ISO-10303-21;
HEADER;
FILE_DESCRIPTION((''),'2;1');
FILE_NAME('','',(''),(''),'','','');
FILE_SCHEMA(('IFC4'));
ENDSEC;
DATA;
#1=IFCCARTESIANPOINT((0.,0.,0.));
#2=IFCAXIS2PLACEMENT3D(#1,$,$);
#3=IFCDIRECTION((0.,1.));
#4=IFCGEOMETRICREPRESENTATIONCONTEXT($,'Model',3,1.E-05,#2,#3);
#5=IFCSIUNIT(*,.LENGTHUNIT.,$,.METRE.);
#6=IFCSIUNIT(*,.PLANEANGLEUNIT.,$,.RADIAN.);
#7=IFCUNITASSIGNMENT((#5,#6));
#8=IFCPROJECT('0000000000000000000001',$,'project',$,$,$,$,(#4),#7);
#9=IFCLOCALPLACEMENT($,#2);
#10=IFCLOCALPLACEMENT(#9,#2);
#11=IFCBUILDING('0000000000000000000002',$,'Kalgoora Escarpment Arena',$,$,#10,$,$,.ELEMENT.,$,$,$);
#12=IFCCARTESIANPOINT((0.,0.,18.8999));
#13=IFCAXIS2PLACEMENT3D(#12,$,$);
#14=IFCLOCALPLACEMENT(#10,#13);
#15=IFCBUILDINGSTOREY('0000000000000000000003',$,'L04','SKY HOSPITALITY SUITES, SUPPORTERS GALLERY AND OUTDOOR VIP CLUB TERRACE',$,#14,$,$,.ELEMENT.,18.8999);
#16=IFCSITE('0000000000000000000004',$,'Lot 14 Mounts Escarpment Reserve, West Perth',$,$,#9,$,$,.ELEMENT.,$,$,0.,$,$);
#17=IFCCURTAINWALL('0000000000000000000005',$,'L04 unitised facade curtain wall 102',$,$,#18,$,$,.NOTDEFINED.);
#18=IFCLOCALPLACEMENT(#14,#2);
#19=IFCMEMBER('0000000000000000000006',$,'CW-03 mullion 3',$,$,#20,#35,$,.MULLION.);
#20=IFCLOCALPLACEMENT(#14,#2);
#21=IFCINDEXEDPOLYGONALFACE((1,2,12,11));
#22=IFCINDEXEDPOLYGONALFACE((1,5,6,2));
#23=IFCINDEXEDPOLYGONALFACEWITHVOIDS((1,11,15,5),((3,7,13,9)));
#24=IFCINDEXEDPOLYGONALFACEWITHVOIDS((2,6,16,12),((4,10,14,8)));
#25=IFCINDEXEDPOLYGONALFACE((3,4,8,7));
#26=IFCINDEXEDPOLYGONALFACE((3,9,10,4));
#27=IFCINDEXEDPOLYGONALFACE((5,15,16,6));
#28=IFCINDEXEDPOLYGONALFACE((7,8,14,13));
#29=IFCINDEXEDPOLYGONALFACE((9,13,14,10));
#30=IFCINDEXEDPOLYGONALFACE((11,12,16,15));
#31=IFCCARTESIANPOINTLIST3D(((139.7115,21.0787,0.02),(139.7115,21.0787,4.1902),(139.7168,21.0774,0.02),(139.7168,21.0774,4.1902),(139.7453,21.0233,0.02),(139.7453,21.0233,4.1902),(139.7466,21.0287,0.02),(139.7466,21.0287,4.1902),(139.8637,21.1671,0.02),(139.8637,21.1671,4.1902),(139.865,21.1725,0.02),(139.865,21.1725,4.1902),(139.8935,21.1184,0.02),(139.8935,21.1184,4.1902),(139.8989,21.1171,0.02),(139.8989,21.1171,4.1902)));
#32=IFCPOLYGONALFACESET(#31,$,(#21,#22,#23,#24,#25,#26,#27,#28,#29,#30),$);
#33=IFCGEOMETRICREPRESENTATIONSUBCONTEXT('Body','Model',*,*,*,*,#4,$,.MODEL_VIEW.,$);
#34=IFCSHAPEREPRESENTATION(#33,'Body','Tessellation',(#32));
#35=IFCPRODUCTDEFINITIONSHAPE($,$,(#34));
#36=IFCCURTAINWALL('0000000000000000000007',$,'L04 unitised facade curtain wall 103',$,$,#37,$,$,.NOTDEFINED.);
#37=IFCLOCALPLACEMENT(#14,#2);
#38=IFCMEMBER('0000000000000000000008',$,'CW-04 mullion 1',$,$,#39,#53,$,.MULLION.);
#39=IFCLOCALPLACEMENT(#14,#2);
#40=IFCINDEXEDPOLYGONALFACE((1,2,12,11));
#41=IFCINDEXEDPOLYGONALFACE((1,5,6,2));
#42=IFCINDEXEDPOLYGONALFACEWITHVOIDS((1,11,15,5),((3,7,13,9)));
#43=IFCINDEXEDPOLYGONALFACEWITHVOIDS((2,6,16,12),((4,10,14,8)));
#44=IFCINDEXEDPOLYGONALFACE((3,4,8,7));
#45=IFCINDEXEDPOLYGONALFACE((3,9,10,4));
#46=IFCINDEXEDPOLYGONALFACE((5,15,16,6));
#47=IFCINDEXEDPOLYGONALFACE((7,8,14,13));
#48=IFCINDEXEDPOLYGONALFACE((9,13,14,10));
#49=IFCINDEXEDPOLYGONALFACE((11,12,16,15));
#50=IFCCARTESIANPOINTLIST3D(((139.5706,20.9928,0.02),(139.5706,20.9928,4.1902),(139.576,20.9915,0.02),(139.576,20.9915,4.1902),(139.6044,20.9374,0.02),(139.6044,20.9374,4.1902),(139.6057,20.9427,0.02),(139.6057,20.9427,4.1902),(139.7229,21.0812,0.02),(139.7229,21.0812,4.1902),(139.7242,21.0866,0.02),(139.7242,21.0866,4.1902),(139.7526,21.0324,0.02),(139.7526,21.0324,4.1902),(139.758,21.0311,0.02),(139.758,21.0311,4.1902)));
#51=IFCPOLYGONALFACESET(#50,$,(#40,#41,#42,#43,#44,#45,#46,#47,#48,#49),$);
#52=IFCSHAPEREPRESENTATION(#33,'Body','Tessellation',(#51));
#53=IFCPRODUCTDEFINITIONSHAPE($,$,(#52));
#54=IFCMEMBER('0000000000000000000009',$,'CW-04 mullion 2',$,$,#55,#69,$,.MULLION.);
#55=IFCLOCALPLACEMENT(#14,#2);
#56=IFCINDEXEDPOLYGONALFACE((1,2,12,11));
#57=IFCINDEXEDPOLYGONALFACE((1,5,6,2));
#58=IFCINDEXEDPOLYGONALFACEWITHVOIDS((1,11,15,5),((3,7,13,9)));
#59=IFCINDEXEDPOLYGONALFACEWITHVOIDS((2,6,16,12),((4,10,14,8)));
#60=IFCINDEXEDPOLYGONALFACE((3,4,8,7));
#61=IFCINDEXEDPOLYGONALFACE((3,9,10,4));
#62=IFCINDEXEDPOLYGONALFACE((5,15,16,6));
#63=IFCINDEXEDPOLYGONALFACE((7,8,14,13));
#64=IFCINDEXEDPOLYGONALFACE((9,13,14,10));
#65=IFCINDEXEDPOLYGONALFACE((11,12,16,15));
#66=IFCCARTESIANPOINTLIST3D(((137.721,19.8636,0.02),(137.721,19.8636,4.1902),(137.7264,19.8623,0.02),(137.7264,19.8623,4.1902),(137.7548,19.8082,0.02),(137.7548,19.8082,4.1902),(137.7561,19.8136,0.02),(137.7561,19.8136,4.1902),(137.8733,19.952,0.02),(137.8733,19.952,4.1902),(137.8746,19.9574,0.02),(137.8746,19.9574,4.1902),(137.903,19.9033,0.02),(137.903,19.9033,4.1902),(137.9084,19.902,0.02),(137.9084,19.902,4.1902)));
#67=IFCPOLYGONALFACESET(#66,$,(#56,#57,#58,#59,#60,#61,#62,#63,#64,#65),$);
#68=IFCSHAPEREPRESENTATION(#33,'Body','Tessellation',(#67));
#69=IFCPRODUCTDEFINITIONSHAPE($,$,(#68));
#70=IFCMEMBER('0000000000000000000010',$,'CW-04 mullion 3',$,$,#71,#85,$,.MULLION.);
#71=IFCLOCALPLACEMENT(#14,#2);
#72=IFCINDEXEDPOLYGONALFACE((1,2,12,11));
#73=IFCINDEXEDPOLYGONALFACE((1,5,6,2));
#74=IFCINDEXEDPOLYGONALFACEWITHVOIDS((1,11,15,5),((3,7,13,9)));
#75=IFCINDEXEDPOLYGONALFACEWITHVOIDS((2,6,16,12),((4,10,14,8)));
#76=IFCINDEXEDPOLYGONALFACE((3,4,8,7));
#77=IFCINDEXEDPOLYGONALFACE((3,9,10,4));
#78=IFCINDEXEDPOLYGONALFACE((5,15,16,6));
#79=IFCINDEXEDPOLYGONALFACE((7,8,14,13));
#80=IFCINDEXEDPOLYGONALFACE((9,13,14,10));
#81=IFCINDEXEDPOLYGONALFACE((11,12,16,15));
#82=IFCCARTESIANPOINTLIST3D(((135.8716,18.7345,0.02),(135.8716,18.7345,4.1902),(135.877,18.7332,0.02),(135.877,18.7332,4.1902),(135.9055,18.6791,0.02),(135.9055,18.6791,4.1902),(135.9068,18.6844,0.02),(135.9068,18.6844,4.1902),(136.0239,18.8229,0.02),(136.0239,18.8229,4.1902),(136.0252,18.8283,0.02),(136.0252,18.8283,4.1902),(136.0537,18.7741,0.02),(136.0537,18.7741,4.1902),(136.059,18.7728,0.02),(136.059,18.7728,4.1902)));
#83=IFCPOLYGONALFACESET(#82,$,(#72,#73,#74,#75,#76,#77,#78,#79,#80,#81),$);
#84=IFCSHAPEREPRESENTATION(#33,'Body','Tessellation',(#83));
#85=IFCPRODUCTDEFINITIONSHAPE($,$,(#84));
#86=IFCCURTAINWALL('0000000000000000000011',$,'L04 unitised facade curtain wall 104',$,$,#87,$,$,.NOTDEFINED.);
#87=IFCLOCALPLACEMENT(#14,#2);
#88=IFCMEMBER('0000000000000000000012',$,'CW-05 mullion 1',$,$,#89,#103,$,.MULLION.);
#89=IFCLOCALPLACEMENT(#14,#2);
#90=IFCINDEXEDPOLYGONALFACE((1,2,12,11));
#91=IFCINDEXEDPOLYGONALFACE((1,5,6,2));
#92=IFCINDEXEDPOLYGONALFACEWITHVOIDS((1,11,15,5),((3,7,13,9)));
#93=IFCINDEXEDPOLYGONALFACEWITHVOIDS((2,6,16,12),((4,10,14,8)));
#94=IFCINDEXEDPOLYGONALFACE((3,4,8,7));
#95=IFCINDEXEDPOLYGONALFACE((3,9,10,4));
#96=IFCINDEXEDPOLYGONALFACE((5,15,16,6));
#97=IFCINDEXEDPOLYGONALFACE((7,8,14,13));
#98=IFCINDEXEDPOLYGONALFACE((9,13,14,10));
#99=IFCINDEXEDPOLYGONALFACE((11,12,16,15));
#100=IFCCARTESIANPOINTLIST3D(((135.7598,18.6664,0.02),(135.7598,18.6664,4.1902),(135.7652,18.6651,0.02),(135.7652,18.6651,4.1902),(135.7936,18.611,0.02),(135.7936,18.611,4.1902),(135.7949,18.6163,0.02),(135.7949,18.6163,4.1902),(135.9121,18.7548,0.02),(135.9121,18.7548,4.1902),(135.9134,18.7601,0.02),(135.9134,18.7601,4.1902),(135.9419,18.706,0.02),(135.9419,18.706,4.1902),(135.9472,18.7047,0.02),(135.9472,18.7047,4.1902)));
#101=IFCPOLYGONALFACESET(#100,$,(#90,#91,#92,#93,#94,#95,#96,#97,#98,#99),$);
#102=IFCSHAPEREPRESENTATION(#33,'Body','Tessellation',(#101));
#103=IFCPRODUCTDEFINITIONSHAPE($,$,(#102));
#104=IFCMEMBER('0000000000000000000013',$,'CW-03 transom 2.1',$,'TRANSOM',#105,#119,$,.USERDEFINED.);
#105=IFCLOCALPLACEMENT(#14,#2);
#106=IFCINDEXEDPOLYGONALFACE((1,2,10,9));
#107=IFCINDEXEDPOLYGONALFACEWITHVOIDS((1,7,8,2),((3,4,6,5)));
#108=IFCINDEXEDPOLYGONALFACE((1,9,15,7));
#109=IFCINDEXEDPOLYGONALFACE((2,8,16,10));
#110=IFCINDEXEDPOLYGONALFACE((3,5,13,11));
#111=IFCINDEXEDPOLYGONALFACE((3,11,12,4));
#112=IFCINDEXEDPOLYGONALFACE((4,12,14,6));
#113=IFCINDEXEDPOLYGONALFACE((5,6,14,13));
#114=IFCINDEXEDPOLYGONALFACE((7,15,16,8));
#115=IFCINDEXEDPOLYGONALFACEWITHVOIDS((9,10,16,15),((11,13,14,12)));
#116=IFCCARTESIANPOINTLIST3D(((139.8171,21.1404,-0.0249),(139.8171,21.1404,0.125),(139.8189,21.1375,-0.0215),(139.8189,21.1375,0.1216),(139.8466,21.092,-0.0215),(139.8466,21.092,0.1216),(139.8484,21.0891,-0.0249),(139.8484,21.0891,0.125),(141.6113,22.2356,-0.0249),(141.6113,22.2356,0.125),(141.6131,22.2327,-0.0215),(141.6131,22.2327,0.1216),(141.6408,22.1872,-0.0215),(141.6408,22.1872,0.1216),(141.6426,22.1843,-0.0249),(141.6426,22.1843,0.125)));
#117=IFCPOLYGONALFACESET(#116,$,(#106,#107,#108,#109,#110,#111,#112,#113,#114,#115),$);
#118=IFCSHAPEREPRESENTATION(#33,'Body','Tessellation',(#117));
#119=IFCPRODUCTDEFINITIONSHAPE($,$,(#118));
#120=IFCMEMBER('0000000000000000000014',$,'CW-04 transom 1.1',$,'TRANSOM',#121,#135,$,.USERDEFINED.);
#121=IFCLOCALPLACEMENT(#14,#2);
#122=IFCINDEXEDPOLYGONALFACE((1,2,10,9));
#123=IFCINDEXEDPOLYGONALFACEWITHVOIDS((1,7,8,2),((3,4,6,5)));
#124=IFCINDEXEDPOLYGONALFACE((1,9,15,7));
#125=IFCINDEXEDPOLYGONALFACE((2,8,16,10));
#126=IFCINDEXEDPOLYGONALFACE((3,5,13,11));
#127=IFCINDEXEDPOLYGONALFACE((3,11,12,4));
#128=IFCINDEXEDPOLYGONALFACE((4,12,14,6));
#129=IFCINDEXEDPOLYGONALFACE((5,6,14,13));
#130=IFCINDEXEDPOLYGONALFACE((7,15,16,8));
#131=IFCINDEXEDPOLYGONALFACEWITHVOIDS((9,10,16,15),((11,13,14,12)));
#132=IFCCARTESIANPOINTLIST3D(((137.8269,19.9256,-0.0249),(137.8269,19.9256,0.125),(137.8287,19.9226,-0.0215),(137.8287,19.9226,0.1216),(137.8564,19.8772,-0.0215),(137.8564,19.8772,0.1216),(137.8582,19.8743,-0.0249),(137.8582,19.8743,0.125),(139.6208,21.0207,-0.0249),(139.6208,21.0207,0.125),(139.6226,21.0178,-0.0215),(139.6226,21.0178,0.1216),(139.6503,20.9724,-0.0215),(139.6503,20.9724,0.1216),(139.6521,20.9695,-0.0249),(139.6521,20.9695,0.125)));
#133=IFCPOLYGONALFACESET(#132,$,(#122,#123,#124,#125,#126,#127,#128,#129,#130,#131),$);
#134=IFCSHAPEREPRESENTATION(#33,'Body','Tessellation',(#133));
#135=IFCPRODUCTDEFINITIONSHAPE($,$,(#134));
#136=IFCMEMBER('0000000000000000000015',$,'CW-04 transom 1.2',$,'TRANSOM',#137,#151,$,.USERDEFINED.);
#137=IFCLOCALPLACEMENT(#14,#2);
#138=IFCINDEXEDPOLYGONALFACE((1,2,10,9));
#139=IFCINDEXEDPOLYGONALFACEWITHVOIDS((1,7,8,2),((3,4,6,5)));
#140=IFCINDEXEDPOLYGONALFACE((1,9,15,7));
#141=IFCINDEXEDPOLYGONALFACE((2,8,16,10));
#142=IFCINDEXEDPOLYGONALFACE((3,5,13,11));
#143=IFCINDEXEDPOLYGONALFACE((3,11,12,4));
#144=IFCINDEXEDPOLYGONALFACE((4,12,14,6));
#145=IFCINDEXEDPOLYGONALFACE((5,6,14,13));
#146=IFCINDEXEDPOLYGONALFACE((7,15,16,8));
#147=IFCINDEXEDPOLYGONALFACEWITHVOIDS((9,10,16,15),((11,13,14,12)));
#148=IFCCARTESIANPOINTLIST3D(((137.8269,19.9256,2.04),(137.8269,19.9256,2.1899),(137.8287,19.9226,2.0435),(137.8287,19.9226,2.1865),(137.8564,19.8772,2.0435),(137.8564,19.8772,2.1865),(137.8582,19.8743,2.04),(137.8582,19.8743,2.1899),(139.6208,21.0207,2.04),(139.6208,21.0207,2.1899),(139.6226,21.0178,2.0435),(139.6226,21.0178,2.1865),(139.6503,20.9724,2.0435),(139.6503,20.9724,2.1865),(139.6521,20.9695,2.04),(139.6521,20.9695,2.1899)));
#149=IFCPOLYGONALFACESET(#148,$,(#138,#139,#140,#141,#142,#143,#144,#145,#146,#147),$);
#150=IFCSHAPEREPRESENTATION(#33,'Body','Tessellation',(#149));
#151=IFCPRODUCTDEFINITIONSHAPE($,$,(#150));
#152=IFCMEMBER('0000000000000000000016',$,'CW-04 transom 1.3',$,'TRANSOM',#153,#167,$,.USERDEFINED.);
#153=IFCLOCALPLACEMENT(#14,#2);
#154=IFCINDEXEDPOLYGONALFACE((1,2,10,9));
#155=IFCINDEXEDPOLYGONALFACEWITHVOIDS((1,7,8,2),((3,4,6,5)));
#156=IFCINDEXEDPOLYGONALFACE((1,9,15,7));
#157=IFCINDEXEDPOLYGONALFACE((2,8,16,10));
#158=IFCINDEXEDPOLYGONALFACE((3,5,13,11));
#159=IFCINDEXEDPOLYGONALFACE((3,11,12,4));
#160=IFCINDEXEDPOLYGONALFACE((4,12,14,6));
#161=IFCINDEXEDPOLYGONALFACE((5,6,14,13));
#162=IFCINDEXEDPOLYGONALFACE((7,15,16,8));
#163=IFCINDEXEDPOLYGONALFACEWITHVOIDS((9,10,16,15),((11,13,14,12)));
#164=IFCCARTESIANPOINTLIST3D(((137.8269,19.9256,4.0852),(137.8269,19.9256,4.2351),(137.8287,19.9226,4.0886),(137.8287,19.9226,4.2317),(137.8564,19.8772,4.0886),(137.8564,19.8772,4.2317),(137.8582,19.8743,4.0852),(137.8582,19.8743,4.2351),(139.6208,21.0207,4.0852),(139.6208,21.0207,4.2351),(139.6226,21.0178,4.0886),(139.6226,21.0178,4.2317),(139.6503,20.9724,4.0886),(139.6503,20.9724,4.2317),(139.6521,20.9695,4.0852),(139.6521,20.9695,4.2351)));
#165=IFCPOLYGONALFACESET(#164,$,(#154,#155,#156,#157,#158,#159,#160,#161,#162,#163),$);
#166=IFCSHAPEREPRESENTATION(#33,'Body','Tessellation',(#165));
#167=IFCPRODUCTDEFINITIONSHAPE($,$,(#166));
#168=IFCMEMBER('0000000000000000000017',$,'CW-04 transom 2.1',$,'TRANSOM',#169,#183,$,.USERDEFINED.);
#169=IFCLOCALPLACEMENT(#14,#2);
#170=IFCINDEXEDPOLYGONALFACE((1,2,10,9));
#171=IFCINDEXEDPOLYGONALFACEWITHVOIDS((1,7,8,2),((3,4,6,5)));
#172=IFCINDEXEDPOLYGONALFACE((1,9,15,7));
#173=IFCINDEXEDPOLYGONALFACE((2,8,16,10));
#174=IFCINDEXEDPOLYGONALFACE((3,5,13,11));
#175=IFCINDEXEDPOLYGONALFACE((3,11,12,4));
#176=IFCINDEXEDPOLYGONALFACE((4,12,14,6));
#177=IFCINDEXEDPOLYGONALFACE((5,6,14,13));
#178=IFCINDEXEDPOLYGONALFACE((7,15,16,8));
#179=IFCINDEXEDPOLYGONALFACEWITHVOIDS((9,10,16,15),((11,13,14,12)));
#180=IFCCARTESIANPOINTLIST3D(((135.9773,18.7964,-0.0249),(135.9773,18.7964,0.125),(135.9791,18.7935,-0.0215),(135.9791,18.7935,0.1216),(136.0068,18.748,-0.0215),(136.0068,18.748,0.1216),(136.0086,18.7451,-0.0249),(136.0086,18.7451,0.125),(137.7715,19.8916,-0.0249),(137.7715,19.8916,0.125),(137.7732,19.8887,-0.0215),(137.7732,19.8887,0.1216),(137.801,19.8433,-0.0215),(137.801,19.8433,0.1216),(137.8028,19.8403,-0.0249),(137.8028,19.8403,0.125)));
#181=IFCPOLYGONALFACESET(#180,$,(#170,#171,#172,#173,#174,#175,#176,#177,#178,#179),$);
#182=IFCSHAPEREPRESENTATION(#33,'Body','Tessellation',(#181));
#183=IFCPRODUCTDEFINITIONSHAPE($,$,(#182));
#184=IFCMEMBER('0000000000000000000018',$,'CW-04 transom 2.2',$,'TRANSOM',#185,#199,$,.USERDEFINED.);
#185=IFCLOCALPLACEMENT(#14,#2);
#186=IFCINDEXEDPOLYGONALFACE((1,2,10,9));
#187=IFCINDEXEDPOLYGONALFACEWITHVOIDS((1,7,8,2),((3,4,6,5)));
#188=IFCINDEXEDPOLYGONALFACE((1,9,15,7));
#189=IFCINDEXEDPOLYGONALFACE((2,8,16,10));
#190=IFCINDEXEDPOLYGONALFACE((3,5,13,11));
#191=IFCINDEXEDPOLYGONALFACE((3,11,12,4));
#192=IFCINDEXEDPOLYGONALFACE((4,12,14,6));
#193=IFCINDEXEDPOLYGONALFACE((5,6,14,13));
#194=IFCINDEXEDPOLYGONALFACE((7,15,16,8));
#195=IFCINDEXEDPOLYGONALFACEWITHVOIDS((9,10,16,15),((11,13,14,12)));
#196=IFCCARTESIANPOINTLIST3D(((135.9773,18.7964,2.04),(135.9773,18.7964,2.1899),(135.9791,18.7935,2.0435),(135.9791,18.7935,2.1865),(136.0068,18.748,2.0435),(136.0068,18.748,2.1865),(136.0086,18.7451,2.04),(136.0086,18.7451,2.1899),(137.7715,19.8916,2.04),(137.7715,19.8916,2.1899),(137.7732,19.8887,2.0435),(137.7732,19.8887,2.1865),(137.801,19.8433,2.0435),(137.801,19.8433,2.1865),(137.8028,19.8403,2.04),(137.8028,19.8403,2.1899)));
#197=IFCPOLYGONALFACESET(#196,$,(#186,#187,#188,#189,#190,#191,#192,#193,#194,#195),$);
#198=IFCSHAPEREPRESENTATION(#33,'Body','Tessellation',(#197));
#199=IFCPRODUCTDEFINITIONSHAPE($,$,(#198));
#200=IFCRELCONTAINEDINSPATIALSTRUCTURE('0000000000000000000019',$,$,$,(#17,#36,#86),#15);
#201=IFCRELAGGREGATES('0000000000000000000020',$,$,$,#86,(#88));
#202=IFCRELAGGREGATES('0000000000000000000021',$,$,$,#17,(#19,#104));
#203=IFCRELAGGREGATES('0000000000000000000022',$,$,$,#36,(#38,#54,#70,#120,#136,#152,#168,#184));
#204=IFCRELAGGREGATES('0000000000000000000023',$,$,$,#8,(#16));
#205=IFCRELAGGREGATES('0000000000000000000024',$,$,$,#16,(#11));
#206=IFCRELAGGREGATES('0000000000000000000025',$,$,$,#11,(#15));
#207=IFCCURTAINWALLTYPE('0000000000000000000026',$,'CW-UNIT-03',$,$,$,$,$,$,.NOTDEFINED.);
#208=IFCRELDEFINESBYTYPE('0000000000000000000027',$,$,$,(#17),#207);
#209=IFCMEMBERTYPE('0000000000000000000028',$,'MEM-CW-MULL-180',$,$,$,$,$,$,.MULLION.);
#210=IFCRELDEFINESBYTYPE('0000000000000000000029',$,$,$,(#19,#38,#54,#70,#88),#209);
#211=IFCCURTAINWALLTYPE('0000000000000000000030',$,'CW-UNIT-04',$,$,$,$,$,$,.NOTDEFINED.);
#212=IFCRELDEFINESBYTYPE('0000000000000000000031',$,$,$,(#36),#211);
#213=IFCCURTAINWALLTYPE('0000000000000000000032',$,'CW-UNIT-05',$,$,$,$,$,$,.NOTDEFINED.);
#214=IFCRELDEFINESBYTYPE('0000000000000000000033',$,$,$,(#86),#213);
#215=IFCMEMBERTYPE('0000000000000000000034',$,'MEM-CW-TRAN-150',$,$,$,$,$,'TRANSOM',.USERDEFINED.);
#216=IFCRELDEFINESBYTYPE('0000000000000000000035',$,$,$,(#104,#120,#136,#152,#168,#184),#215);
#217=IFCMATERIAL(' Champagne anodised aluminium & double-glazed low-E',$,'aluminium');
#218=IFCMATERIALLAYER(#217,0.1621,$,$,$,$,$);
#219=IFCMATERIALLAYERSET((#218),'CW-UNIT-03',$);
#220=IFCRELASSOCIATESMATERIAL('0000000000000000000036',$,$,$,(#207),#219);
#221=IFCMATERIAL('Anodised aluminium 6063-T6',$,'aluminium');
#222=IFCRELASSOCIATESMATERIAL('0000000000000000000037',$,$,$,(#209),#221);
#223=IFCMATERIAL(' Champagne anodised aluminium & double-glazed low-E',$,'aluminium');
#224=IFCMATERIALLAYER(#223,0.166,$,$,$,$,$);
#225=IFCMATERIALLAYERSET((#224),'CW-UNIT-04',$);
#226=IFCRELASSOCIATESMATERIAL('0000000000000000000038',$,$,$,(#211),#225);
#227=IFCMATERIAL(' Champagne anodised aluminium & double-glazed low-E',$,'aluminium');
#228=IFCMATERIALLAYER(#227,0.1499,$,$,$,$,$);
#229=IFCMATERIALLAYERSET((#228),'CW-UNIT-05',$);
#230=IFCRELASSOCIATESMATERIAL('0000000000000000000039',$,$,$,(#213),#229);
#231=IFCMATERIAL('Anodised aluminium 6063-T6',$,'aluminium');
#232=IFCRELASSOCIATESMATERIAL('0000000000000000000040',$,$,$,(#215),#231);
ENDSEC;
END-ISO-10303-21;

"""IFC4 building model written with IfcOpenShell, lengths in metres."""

from ifc_helpers import new_model, si_unit, direction, frame, origin, origin_2d, place, context, subcontext, project, spatial, hollow_rectangle, extrude, material, layer, layer_set, material_profile, profile_set, type_object, element, aggregate, save


model = new_model("IFC4")

# Units and contexts
model_context = context("Model", 3, precision=1e-05, world=origin(), true_north=direction((0.0, 1.0)))
body_context = subcontext(model_context, "Body", "Model", "MODEL_VIEW")
ifc_project = project(units=[si_unit("LENGTHUNIT", "METRE"), si_unit("PLANEANGLEUNIT", "RADIAN")], contexts=[model_context])

# Site, building, storey
site_placement = place(None, origin())
site = spatial("IfcSite", under=ifc_project, at=site_placement, Name="Lot 14 Mounts Escarpment Reserve, West Perth", CompositionType="ELEMENT", RefElevation=0.0)
building_placement = place(site_placement, origin())
building = spatial("IfcBuilding", under=site, at=building_placement, Name="Kalgoora Escarpment Arena", CompositionType="ELEMENT")
storey_placement = place(building_placement, frame((0.0, 0.0, 18.8999)))
storey = spatial("IfcBuildingStorey", under=building, at=storey_placement, Name="L04", Description="SKY HOSPITALITY SUITES, SUPPORTERS GALLERY AND OUTDOOR VIP CLUB TERRACE", CompositionType="ELEMENT", Elevation=18.8999)

# Curtain wall, member
ifc_material_1 = material(Name=" Champagne anodised aluminium & double-glazed low-E", Category="aluminium")
ifc_layer_1 = layer(ifc_material_1, 0.1621)
ifc_layer_set_1 = layer_set([ifc_layer_1], Name="CW-UNIT-03")
curtain_wall_type_1 = type_object("IfcCurtainWallType", Name="CW-UNIT-03", PredefinedType="NOTDEFINED", material=ifc_layer_set_1)
curtain_wall_1_placement = place(storey_placement, origin())
curtain_wall_1 = element("IfcCurtainWall", 1, at=curtain_wall_1_placement, inside=storey, type_object=curtain_wall_type_1, Name="L04 unitised facade curtain wall 102", PredefinedType="NOTDEFINED")
ifc_material_2 = material(Name="Anodised aluminium 6063-T6", Category="aluminium")
ifc_material_profile_1 = material_profile(ifc_material_2, hollow_rectangle(XDim=0.0649, YDim=0.1799, WallThickness=0.0039, at=origin_2d()))
ifc_profile_set_1 = profile_set([ifc_material_profile_1], Name="Anodised aluminium 6063-T6")
member_type_1 = type_object("IfcMemberType", Name="MEM-CW-MULL-180", PredefinedType="MULLION", material=ifc_profile_set_1)
member_1_placement = place(storey_placement, frame((139.8052, 21.0979, 0.02), z_axis=(0.0, 0.0, 1.0), x_axis=(0.52104, -0.853532, 0.0)))
member_1 = element("IfcMember", 2, at=member_1_placement, type_object=member_type_1, Name="CW-03 mullion 3", PredefinedType="MULLION", context=body_context, shape_type="SweptSolid", body=[
    extrude(hollow_rectangle(XDim=0.0649, YDim=0.1799, WallThickness=0.0039, at=origin_2d()), origin(), (0.0, 0.0, 1.0), 4.1702),
])

# Curtain wall, members
ifc_material_3 = material(Name=" Champagne anodised aluminium & double-glazed low-E", Category="aluminium")
ifc_layer_2 = layer(ifc_material_3, 0.166)
ifc_layer_set_2 = layer_set([ifc_layer_2], Name="CW-UNIT-04")
curtain_wall_type_2 = type_object("IfcCurtainWallType", Name="CW-UNIT-04", PredefinedType="NOTDEFINED", material=ifc_layer_set_2)
curtain_wall_2_placement = place(storey_placement, origin())
curtain_wall_2 = element("IfcCurtainWall", 3, at=curtain_wall_2_placement, inside=storey, type_object=curtain_wall_type_2, Name="L04 unitised facade curtain wall 103", PredefinedType="NOTDEFINED")
member_2_placement = place(storey_placement, frame((139.6643, 21.012, 0.02), z_axis=(0.0, 0.0, 1.0), x_axis=(0.521067, -0.853516, 0.0)))
member_2 = element("IfcMember", 4, at=member_2_placement, type_object=member_type_1, Name="CW-04 mullion 1", PredefinedType="MULLION", context=body_context, shape_type="SweptSolid", body=[
    extrude(hollow_rectangle(XDim=0.0649, YDim=0.1799, WallThickness=0.0039, at=origin_2d()), origin(), (0.0, 0.0, 1.0), 4.1702),
])
member_3_placement = place(storey_placement, frame((137.8147, 19.8828, 0.02), z_axis=(0.0, 0.0, 1.0), x_axis=(0.521067, -0.853516, 0.0)))
member_3 = element("IfcMember", 5, at=member_3_placement, type_object=member_type_1, Name="CW-04 mullion 2", PredefinedType="MULLION", context=body_context, shape_type="SweptSolid", body=[
    extrude(hollow_rectangle(XDim=0.0649, YDim=0.1799, WallThickness=0.0039, at=origin_2d()), origin(), (0.0, 0.0, 1.0), 4.1702),
])
member_4_placement = place(storey_placement, frame((135.9653, 18.7537, 0.02), z_axis=(0.0, 0.0, 1.0), x_axis=(0.521067, -0.853516, 0.0)))
member_4 = element("IfcMember", 6, at=member_4_placement, type_object=member_type_1, Name="CW-04 mullion 3", PredefinedType="MULLION", context=body_context, shape_type="SweptSolid", body=[
    extrude(hollow_rectangle(XDim=0.0649, YDim=0.1799, WallThickness=0.0039, at=origin_2d()), origin(), (0.0, 0.0, 1.0), 4.1702),
])

# Curtain wall, member
ifc_material_4 = material(Name=" Champagne anodised aluminium & double-glazed low-E", Category="aluminium")
ifc_layer_3 = layer(ifc_material_4, 0.1499)
ifc_layer_set_3 = layer_set([ifc_layer_3], Name="CW-UNIT-05")
curtain_wall_type_3 = type_object("IfcCurtainWallType", Name="CW-UNIT-05", PredefinedType="NOTDEFINED", material=ifc_layer_set_3)
curtain_wall_3_placement = place(storey_placement, origin())
curtain_wall_3 = element("IfcCurtainWall", 7, at=curtain_wall_3_placement, inside=storey, type_object=curtain_wall_type_3, Name="L04 unitised facade curtain wall 104", PredefinedType="NOTDEFINED")
member_5_placement = place(storey_placement, frame((135.8535, 18.6855, 0.02), z_axis=(0.0, 0.0, 1.0), x_axis=(0.521049, -0.853527, 0.0)))
member_5 = element("IfcMember", 8, at=member_5_placement, type_object=member_type_1, Name="CW-05 mullion 1", PredefinedType="MULLION", context=body_context, shape_type="SweptSolid", body=[
    extrude(hollow_rectangle(XDim=0.0649, YDim=0.1799, WallThickness=0.0039, at=origin_2d()), origin(), (0.0, 0.0, 1.0), 4.1702),
])

# Members
ifc_material_5 = material(Name="Anodised aluminium 6063-T6", Category="aluminium")
ifc_material_profile_2 = material_profile(ifc_material_5, hollow_rectangle(XDim=0.0601, YDim=0.1499, WallThickness=0.0034, at=origin_2d()))
ifc_profile_set_2 = profile_set([ifc_material_profile_2], Name="Anodised aluminium 6063-T6")
member_type_2 = type_object("IfcMemberType", Name="MEM-CW-TRAN-150", ElementType="TRANSOM", PredefinedType="USERDEFINED", material=ifc_profile_set_2)
member_6_placement = place(storey_placement, frame((141.627, 22.21, 0.05), z_axis=(-0.853543, -0.521022, 0.0), x_axis=(0.521022, -0.853543, 0.0)))
member_6 = element("IfcMember", 9, at=member_6_placement, type_object=member_type_2, Name="CW-03 transom 2.1", ObjectType="TRANSOM", PredefinedType="USERDEFINED", context=body_context, shape_type="SweptSolid", body=[
    extrude(hollow_rectangle(XDim=0.0601, YDim=0.1499, WallThickness=0.0034, at=origin_2d()), origin(), (0.0, 0.0, 1.0), 2.1021),
])
member_7_placement = place(storey_placement, frame((139.6365, 20.9951, 0.05), z_axis=(-0.853511, -0.521074, 0.0), x_axis=(0.521074, -0.853511, 0.0)))
member_7 = element("IfcMember", 10, at=member_7_placement, type_object=member_type_2, Name="CW-04 transom 1.1", ObjectType="TRANSOM", PredefinedType="USERDEFINED", context=body_context, shape_type="SweptSolid", body=[
    extrude(hollow_rectangle(XDim=0.0601, YDim=0.1499, WallThickness=0.0034, at=origin_2d()), origin(), (0.0, 0.0, 1.0), 2.1018),
])
member_8_placement = place(storey_placement, frame((139.6365, 20.9951, 2.115), z_axis=(-0.853511, -0.521074, 0.0), x_axis=(0.521074, -0.853511, 0.0)))
member_8 = element("IfcMember", 11, at=member_8_placement, type_object=member_type_2, Name="CW-04 transom 1.2", ObjectType="TRANSOM", PredefinedType="USERDEFINED", context=body_context, shape_type="SweptSolid", body=[
    extrude(hollow_rectangle(XDim=0.0601, YDim=0.1499, WallThickness=0.0034, at=origin_2d()), origin(), (0.0, 0.0, 1.0), 2.1018),
])
member_9_placement = place(storey_placement, frame((139.6365, 20.9951, 4.1602), z_axis=(-0.853511, -0.521074, 0.0), x_axis=(0.521074, -0.853511, 0.0)))
member_9 = element("IfcMember", 12, at=member_9_placement, type_object=member_type_2, Name="CW-04 transom 1.3", ObjectType="TRANSOM", PredefinedType="USERDEFINED", context=body_context, shape_type="SweptSolid", body=[
    extrude(hollow_rectangle(XDim=0.0601, YDim=0.1499, WallThickness=0.0034, at=origin_2d()), origin(), (0.0, 0.0, 1.0), 2.1018),
])
member_10_placement = place(storey_placement, frame((137.7871, 19.866, 0.05), z_axis=(-0.853543, -0.521022, 0.0), x_axis=(0.521022, -0.853543, 0.0)))
member_10 = element("IfcMember", 13, at=member_10_placement, type_object=member_type_2, Name="CW-04 transom 2.1", ObjectType="TRANSOM", PredefinedType="USERDEFINED", context=body_context, shape_type="SweptSolid", body=[
    extrude(hollow_rectangle(XDim=0.0601, YDim=0.1499, WallThickness=0.0034, at=origin_2d()), origin(), (0.0, 0.0, 1.0), 2.1021),
])
member_11_placement = place(storey_placement, frame((137.7871, 19.866, 2.115), z_axis=(-0.853543, -0.521022, 0.0), x_axis=(0.521022, -0.853543, 0.0)))
member_11 = element("IfcMember", 14, at=member_11_placement, type_object=member_type_2, Name="CW-04 transom 2.2", ObjectType="TRANSOM", PredefinedType="USERDEFINED", context=body_context, shape_type="SweptSolid", body=[
    extrude(hollow_rectangle(XDim=0.0601, YDim=0.1499, WallThickness=0.0034, at=origin_2d()), origin(), (0.0, 0.0, 1.0), 2.1021),
])
aggregate(curtain_wall_3, [member_5])

aggregate(curtain_wall_1, [member_1, member_6])
aggregate(curtain_wall_2, [member_2, member_3, member_4, member_7, member_8, member_9, member_10, member_11])

save(model, "model.ifc")
